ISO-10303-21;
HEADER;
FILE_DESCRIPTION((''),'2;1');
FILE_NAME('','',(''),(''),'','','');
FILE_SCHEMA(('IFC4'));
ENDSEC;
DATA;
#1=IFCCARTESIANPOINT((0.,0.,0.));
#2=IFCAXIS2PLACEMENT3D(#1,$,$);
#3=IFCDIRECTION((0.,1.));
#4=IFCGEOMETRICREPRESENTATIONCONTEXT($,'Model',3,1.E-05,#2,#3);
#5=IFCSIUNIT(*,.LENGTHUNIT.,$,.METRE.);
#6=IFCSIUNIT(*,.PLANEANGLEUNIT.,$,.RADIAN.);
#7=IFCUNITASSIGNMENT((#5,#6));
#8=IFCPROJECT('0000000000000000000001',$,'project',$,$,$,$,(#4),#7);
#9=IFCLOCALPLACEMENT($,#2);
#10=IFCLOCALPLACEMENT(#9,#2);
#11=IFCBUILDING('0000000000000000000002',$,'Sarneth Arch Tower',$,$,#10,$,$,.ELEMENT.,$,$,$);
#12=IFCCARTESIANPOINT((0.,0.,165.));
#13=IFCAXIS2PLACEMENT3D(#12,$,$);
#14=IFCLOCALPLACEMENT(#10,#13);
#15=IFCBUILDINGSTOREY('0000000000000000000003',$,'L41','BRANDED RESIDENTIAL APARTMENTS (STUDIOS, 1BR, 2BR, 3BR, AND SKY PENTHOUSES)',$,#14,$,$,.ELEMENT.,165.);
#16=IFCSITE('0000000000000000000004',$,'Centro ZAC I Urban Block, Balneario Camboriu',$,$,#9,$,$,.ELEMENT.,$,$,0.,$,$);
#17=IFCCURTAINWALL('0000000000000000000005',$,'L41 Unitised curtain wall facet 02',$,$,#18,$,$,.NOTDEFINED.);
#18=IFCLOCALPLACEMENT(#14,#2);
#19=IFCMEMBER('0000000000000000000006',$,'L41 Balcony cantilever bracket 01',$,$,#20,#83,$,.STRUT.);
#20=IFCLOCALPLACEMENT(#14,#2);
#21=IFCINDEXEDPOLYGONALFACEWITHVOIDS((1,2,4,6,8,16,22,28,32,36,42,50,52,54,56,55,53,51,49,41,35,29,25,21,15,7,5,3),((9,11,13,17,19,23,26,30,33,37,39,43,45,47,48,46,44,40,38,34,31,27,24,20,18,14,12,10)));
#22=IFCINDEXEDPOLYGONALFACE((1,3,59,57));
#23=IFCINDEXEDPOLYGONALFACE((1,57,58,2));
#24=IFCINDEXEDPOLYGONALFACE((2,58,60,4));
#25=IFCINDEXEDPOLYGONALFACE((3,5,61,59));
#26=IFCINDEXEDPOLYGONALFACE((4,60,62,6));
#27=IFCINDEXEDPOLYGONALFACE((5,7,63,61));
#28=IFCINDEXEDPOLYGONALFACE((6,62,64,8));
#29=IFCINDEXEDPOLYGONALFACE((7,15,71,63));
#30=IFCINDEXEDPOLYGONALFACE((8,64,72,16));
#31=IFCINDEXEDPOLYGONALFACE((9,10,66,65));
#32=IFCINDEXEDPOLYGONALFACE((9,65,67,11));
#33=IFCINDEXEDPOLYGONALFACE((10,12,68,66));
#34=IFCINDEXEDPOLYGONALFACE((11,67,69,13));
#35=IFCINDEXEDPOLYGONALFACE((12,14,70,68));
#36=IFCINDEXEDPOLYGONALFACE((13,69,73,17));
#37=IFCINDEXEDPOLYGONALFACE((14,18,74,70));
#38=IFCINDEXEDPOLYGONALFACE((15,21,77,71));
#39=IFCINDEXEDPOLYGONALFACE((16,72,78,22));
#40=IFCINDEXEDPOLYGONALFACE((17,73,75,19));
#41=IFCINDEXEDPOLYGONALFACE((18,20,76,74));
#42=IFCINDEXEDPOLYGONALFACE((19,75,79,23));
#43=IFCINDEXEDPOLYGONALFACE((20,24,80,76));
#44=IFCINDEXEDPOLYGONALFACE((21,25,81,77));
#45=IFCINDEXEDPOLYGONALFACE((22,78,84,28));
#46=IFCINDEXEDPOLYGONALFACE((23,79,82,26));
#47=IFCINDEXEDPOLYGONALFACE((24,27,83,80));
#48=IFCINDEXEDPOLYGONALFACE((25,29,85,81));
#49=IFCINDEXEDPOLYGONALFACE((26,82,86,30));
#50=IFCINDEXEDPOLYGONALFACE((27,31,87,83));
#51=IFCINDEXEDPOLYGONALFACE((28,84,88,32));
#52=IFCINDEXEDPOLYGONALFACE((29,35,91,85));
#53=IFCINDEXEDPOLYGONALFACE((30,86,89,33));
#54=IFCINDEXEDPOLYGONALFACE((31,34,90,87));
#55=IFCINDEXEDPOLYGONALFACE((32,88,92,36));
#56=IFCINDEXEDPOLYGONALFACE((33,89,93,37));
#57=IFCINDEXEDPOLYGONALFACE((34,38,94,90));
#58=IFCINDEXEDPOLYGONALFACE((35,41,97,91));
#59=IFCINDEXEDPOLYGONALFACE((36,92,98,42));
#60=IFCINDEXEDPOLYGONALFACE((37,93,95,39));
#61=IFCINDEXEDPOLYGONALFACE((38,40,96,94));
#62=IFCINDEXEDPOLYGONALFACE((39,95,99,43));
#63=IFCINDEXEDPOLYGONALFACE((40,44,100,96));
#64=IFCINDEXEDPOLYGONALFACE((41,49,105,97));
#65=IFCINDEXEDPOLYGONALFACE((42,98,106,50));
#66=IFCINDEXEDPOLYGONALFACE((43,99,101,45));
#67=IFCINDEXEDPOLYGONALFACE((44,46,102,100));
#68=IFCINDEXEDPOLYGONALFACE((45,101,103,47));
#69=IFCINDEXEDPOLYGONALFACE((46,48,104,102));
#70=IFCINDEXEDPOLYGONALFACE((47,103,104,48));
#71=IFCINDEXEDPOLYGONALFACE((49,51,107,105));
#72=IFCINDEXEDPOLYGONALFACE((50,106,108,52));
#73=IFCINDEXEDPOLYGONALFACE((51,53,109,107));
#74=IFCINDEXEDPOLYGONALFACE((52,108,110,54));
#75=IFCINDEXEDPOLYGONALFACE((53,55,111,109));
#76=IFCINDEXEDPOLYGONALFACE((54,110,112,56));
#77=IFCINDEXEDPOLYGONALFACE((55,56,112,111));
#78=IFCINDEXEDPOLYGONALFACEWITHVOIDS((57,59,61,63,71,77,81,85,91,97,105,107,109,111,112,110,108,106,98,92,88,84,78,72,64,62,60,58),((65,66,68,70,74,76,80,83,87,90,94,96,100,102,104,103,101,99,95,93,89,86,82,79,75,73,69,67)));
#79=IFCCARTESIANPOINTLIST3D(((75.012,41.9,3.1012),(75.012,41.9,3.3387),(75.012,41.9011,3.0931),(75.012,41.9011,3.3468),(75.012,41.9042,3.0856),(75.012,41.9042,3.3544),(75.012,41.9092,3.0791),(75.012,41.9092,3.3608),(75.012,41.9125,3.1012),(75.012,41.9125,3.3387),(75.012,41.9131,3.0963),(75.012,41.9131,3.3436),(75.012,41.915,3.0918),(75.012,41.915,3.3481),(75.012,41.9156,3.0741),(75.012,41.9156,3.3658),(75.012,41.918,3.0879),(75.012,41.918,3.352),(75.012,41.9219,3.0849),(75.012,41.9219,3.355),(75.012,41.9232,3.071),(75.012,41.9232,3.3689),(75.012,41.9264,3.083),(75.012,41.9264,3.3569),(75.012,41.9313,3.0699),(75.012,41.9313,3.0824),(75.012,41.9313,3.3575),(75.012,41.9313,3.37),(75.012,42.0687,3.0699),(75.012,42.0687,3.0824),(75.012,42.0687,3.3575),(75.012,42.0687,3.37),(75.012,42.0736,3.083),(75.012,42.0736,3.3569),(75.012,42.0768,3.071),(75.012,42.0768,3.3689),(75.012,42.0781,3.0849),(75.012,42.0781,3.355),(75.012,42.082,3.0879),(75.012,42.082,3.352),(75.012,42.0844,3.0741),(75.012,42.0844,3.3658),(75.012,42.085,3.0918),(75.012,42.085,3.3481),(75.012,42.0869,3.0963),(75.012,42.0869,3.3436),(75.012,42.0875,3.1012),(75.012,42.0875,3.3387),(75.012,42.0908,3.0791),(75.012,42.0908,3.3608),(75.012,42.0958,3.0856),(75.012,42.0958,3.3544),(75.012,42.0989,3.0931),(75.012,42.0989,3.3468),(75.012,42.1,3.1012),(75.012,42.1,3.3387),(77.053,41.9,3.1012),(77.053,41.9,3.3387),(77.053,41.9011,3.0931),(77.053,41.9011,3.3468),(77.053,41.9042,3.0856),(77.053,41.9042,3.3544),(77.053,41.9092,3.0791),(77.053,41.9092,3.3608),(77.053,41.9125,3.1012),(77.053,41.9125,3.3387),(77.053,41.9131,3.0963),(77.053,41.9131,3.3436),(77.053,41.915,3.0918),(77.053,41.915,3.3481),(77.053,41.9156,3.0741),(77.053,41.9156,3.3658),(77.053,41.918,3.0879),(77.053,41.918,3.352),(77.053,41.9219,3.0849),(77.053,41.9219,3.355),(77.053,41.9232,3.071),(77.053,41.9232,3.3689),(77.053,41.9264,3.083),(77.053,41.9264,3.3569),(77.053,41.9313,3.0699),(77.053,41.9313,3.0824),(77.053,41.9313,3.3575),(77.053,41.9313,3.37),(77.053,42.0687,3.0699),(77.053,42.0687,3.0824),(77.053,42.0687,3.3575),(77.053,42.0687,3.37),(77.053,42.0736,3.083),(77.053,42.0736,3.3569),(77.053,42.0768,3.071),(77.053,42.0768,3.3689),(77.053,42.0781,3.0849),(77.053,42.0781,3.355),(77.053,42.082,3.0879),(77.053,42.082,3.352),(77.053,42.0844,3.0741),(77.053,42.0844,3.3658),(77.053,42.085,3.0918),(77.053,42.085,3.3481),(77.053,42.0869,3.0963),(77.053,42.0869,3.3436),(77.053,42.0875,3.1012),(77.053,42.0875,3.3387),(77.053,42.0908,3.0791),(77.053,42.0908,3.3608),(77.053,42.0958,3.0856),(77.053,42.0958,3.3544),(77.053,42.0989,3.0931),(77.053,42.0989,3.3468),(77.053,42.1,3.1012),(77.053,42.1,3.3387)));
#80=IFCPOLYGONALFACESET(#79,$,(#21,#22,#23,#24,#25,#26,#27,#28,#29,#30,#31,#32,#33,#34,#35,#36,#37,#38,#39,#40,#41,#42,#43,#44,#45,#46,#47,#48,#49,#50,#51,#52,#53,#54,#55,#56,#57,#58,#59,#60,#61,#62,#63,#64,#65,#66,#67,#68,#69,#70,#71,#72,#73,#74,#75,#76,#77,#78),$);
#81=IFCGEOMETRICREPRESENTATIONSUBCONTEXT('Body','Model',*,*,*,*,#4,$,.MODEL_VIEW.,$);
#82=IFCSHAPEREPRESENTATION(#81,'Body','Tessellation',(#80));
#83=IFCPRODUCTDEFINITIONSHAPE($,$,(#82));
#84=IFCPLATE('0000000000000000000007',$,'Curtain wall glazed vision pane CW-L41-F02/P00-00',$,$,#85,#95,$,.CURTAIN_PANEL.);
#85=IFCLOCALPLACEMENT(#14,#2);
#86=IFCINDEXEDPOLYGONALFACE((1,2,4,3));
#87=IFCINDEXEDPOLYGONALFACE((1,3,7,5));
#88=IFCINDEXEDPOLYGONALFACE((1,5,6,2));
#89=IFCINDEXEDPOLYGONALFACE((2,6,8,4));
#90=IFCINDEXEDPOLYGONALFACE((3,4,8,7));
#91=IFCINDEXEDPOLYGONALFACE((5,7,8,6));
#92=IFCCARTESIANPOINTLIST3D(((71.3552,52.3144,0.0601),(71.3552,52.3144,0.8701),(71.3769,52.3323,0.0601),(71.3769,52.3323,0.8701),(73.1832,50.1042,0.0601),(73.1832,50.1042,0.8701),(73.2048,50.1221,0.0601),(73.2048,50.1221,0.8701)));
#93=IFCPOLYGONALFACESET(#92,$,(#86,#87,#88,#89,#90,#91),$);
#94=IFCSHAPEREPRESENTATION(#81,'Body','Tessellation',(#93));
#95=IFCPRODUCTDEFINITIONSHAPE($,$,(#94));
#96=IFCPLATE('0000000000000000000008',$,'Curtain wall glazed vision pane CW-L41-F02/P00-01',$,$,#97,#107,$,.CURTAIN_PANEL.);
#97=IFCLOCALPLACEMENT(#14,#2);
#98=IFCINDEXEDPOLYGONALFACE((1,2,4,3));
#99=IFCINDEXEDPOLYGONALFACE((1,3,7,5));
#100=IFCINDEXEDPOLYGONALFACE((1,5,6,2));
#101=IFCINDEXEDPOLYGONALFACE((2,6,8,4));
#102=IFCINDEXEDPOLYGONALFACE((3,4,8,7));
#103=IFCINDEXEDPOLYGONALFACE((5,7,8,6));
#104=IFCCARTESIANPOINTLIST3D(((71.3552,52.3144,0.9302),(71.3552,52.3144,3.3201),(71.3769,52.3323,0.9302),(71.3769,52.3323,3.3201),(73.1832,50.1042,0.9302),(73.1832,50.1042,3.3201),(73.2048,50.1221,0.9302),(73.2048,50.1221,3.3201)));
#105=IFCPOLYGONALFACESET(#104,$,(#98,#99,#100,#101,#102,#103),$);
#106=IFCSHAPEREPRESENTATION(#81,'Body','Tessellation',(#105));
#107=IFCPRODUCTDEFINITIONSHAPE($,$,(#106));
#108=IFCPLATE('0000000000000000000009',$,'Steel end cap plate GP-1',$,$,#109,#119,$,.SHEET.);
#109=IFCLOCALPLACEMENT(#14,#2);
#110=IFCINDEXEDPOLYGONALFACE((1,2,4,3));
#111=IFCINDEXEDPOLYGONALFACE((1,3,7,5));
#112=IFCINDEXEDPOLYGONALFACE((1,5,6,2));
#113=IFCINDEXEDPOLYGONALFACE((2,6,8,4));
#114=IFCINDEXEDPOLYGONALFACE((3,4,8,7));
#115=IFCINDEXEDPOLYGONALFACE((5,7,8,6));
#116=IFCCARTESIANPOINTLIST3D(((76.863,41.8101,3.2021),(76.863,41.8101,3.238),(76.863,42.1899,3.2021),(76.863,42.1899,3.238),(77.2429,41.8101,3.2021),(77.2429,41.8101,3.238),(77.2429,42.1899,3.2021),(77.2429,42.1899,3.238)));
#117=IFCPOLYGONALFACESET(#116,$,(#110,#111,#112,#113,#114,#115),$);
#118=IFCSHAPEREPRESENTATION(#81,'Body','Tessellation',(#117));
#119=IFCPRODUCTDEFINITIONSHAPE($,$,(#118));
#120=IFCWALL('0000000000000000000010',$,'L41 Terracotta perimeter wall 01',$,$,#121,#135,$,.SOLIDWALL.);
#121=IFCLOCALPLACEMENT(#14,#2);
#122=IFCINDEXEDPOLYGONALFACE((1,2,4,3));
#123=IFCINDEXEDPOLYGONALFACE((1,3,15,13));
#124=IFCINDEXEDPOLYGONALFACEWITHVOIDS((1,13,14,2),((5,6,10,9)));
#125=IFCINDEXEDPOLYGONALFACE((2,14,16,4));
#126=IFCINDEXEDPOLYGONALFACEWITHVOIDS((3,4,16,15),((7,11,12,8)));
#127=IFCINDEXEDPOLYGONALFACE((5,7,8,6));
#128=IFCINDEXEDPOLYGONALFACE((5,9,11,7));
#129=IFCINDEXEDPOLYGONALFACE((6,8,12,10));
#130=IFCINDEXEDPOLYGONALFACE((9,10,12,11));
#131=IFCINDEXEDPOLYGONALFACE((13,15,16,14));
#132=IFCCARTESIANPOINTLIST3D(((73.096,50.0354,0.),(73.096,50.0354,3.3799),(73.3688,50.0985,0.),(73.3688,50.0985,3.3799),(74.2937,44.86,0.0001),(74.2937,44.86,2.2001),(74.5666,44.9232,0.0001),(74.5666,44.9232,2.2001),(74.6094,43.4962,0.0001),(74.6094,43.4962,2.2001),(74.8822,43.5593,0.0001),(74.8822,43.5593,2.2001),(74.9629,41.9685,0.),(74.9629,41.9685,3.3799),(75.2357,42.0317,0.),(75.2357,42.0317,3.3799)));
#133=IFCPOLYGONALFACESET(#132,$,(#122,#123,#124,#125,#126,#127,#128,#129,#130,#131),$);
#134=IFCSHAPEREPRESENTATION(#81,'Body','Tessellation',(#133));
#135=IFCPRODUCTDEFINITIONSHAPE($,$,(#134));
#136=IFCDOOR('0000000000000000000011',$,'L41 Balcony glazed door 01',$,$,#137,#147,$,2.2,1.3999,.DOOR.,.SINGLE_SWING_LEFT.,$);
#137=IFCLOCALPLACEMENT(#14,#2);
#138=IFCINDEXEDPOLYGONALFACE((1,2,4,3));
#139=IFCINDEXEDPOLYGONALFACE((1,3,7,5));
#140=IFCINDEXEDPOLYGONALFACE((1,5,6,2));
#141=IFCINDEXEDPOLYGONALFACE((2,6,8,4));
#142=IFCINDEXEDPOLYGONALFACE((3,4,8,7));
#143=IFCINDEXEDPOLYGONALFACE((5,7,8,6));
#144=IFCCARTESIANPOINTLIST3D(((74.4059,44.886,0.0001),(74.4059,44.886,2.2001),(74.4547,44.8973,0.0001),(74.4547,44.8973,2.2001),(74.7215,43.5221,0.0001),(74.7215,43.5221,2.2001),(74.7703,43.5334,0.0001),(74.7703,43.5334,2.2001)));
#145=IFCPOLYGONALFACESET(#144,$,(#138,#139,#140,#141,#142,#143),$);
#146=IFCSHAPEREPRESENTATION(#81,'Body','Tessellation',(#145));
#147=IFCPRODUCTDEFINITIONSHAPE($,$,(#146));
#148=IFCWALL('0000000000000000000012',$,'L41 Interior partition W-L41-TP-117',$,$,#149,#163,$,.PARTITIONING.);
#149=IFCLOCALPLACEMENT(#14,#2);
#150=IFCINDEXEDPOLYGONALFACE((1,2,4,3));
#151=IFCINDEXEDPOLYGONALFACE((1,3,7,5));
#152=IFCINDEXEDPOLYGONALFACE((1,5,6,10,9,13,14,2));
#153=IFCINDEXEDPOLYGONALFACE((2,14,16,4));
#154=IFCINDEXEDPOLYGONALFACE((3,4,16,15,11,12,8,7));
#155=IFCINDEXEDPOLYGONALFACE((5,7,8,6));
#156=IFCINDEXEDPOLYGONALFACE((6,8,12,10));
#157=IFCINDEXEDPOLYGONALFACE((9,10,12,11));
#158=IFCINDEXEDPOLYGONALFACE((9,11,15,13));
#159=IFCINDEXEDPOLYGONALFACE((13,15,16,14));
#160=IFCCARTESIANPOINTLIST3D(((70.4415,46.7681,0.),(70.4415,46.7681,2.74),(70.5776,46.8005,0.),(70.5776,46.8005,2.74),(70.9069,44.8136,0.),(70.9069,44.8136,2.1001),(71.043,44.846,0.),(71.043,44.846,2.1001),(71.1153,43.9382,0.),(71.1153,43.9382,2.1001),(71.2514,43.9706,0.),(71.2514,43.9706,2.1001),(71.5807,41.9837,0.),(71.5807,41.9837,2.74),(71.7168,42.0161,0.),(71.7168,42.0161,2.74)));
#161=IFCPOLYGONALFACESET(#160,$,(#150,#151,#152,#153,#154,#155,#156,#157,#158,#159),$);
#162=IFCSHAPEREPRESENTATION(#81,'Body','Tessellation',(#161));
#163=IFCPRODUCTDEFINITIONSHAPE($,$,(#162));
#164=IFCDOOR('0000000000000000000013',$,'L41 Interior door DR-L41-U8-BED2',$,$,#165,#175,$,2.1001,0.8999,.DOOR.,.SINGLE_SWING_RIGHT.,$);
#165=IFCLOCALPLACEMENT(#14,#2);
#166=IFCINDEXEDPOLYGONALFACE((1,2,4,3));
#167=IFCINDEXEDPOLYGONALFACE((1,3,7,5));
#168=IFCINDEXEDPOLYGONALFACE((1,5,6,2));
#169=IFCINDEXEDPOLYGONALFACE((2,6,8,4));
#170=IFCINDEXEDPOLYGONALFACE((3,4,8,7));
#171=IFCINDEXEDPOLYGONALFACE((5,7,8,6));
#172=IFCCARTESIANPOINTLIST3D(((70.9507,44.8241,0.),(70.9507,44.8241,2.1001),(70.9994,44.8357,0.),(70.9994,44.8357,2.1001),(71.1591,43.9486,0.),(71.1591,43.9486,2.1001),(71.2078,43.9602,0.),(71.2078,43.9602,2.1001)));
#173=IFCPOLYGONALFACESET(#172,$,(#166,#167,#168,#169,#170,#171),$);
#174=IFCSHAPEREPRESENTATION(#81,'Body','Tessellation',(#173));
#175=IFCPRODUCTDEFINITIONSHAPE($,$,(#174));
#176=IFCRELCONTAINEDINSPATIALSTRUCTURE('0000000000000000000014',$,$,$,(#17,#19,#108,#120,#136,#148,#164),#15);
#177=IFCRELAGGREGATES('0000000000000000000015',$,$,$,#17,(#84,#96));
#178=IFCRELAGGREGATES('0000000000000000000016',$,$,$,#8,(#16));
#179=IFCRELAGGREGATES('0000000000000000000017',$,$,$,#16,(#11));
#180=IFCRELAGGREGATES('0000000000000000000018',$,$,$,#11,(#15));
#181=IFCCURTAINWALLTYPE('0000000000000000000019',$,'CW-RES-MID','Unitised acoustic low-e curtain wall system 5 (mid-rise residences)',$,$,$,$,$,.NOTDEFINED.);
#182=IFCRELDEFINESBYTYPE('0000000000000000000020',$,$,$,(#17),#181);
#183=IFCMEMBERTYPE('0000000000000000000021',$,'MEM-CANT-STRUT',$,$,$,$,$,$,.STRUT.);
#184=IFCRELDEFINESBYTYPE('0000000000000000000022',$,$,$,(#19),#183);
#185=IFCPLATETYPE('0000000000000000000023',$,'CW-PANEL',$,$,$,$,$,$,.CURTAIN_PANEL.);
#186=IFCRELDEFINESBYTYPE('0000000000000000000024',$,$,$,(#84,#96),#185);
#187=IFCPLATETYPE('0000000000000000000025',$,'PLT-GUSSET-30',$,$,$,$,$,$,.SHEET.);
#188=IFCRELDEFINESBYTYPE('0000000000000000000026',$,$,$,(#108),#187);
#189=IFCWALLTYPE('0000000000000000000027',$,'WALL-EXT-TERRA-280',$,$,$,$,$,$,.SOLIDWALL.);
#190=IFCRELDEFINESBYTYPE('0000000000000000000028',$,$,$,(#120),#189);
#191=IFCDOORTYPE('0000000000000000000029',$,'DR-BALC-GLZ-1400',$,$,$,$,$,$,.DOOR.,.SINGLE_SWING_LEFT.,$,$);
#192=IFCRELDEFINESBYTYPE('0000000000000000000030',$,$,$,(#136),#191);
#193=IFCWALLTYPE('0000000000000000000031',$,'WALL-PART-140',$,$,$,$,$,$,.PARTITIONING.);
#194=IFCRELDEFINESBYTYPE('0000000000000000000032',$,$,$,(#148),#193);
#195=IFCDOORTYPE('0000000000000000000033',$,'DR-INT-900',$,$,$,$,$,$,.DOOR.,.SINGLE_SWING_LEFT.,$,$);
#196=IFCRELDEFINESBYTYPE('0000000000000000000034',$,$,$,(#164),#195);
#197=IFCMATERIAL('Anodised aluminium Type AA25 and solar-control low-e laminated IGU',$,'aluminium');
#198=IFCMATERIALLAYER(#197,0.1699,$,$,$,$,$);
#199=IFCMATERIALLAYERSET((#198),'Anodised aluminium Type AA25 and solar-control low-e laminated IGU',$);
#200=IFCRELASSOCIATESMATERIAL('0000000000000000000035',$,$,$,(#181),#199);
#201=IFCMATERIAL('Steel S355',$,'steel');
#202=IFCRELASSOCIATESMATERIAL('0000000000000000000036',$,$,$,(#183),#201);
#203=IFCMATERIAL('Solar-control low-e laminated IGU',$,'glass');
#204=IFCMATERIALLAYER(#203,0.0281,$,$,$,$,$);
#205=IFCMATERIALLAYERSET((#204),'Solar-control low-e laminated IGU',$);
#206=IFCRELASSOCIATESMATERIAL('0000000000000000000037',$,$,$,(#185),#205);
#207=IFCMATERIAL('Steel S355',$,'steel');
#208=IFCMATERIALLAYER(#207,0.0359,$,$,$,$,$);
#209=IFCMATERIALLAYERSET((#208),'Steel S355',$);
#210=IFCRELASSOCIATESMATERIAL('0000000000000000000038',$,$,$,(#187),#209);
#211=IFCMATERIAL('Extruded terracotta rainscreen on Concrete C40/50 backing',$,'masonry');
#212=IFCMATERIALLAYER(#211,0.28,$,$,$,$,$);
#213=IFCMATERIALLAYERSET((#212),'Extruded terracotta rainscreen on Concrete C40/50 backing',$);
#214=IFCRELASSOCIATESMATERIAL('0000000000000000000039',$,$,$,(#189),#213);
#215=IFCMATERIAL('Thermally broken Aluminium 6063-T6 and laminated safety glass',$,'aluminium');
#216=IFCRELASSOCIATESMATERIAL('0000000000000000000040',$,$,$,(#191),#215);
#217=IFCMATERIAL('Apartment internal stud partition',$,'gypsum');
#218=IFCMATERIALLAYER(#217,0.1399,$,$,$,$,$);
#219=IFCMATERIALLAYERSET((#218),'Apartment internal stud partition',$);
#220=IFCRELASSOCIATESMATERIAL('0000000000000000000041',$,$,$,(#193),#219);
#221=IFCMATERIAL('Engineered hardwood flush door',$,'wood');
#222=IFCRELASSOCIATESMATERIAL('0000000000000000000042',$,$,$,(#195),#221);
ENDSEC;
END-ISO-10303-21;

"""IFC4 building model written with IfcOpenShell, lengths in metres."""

from ifc_helpers import new_model, si_unit, direction, frame, frame_2d, origin, origin_2d, place, context, subcontext, project, spatial, rectangle, hollow_rectangle, extrude, material, layer, layer_set, material_profile, profile_set, type_object, element, fill, aggregate, save


model = new_model("IFC4")

# Units and contexts
model_context = context("Model", 3, precision=1e-05, world=origin(), true_north=direction((0.0, 1.0)))
body_context = subcontext(model_context, "Body", "Model", "MODEL_VIEW")
ifc_project = project(units=[si_unit("LENGTHUNIT", "METRE"), si_unit("PLANEANGLEUNIT", "RADIAN")], contexts=[model_context])

# Site, building, storey
site_placement = place(None, origin())
site = spatial("IfcSite", under=ifc_project, at=site_placement, Name="Centro ZAC I Urban Block, Balneario Camboriu", CompositionType="ELEMENT", RefElevation=0.0)
building_placement = place(site_placement, origin())
building = spatial("IfcBuilding", under=site, at=building_placement, Name="Sarneth Arch Tower", CompositionType="ELEMENT")
storey_placement = place(building_placement, frame((0.0, 0.0, 165.0)))
storey = spatial("IfcBuildingStorey", under=building, at=storey_placement, Name="L41", Description="BRANDED RESIDENTIAL APARTMENTS (STUDIOS, 1BR, 2BR, 3BR, AND SKY PENTHOUSES)", CompositionType="ELEMENT", Elevation=165.0)

# Curtain wall
ifc_material_1 = material(Name="Anodised aluminium Type AA25 and solar-control low-e laminated IGU", Category="aluminium")
ifc_layer_1 = layer(ifc_material_1, 0.1699)
ifc_layer_set_1 = layer_set([ifc_layer_1], Name="Anodised aluminium Type AA25 and solar-control low-e laminated IGU")
curtain_wall_type = type_object("IfcCurtainWallType", Name="CW-RES-MID", Description="Unitised acoustic low-e curtain wall system 5 (mid-rise residences)", PredefinedType="NOTDEFINED", material=ifc_layer_set_1)
curtain_wall_placement = place(storey_placement, origin())
curtain_wall = element("IfcCurtainWall", 1, at=curtain_wall_placement, inside=storey, type_object=curtain_wall_type, Name="L41 Unitised curtain wall facet 02", PredefinedType="NOTDEFINED")

# Member
ifc_material_2 = material(Name="Steel S355", Category="steel")
ifc_material_profile_1 = material_profile(ifc_material_2, hollow_rectangle(XDim=0.2, YDim=0.3, WallThickness=0.0125, InnerFilletRadius=0.0188, OuterFilletRadius=0.0312, at=origin_2d()), Name="RHS300x200x12.5")
ifc_profile_set_1 = profile_set([ifc_material_profile_1], Name="Steel S355")
member_type_1 = type_object("IfcMemberType", Name="MEM-CANT-STRUT", PredefinedType="STRUT", material=ifc_profile_set_1)
member_1_placement = place(storey_placement, frame((75.012, 42.0, 3.22), z_axis=(1.0, 0.0, 0.0), x_axis=(0.0, 1.0, 0.0)))
element("IfcMember", 2, at=member_1_placement, inside=storey, type_object=member_type_1, Name="L41 Balcony cantilever bracket 01", PredefinedType="STRUT", context=body_context, shape_type="SweptSolid", body=[
    extrude(hollow_rectangle(XDim=0.2, YDim=0.3, WallThickness=0.0125, InnerFilletRadius=0.0188, OuterFilletRadius=0.0312, at=origin_2d()), origin(), (0.0, 0.0, 1.0), 2.041),
])

# Plates
ifc_material_3 = material(Name="Solar-control low-e laminated IGU", Category="glass")
ifc_layer_2 = layer(ifc_material_3, 0.0281)
ifc_layer_set_2 = layer_set([ifc_layer_2], Name="Solar-control low-e laminated IGU")
plate_type_1 = type_object("IfcPlateType", Name="CW-PANEL", PredefinedType="CURTAIN_PANEL", material=ifc_layer_set_2)
plate_1_placement = place(storey_placement, frame((72.28, 51.2183, 0.0601), z_axis=(0.0, 0.0, 1.0), x_axis=(-0.63733, 0.770591, 0.0)))
plate_1 = element("IfcPlate", 3, at=plate_1_placement, type_object=plate_type_1, Name="Curtain wall glazed vision pane CW-L41-F02/P00-00", PredefinedType="CURTAIN_PANEL", context=body_context, shape_type="SweptSolid", body=[
    extrude(rectangle(XDim=2.8682, YDim=0.0281, at=origin_2d()), origin(), (0.0, 0.0, 1.0), 0.8101),
])
plate_2_placement = place(storey_placement, frame((72.28, 51.2183, 0.9302), z_axis=(0.0, 0.0, 1.0), x_axis=(-0.63733, 0.770591, 0.0)))
plate_2 = element("IfcPlate", 4, at=plate_2_placement, type_object=plate_type_1, Name="Curtain wall glazed vision pane CW-L41-F02/P00-01", PredefinedType="CURTAIN_PANEL", context=body_context, shape_type="SweptSolid", body=[
    extrude(rectangle(XDim=2.8682, YDim=0.0281, at=origin_2d()), origin(), (0.0, 0.0, 1.0), 2.3899),
])
aggregate(curtain_wall, [plate_1, plate_2])
ifc_material_4 = material(Name="Steel S355", Category="steel")
ifc_layer_3 = layer(ifc_material_4, 0.0359)
ifc_layer_set_3 = layer_set([ifc_layer_3], Name="Steel S355")
plate_type_2 = type_object("IfcPlateType", Name="PLT-GUSSET-30", PredefinedType="SHEET", material=ifc_layer_set_3)
plate_3_placement = place(storey_placement, frame((77.053, 42.0, 3.2021), z_axis=(0.0, 0.0, 1.0), x_axis=(1.0, 0.0, 0.0)))
element("IfcPlate", 5, at=plate_3_placement, inside=storey, type_object=plate_type_2, Name="Steel end cap plate GP-1", PredefinedType="SHEET", context=body_context, shape_type="SweptSolid", body=[
    extrude(rectangle(XDim=0.3799, YDim=0.3799, at=origin_2d()), origin(), (0.0, 0.0, 1.0), 0.0359),
])

# Walls, openings, doors
ifc_material_5 = material(Name="Extruded terracotta rainscreen on Concrete C40/50 backing", Category="masonry")
ifc_layer_4 = layer(ifc_material_5, 0.28)
ifc_layer_set_4 = layer_set([ifc_layer_4], Name="Extruded terracotta rainscreen on Concrete C40/50 backing")
wall_type_1 = type_object("IfcWallType", Name="WALL-EXT-TERRA-280", PredefinedType="SOLIDWALL", material=ifc_layer_set_4)
wall_1_placement = place(storey_placement, frame((75.0994, 42.0, 0.0), z_axis=(0.0, 0.0, 1.0), x_axis=(-0.225473, 0.974249, 0.0)))
wall_1 = element("IfcWall", 6, at=wall_1_placement, inside=storey, type_object=wall_type_1, Name="L41 Terracotta perimeter wall 01", PredefinedType="SOLIDWALL", context=body_context, shape_type="SweptSolid", body=[
    extrude(rectangle(XDim=8.28, YDim=0.28, at=frame_2d((4.1401, 0.0))), origin(), (0.0, 0.0, 1.0), 3.3799),
])
opening_1_placement = place(wall_1_placement, frame((1.5681, 0.0, 0.0)))
opening_1 = element("IfcOpeningElement", 7, at=opening_1_placement, cuts=wall_1, PredefinedType="OPENING", context=body_context, shape_type="SweptSolid", body=[
    extrude(rectangle(XDim=1.3999, YDim=2.2, at=frame_2d((0.7, 1.1001))), frame((0.0, 0.1499, 0.0), z_axis=(0.0, -1.0, 0.0), x_axis=(1.0, 0.0, 0.0)), (0.0, 0.0, 1.0), 0.3),
])
ifc_material_6 = material(Name="Thermally broken Aluminium 6063-T6 and laminated safety glass", Category="aluminium")
door_type_1 = type_object("IfcDoorType", Name="DR-BALC-GLZ-1400", OperationType="SINGLE_SWING_LEFT", PredefinedType="DOOR", material=ifc_material_6)
door_1_placement = place(opening_1_placement, origin())
door_1 = element("IfcDoor", 8, at=door_1_placement, inside=storey, type_object=door_type_1, Name="L41 Balcony glazed door 01", OperationType="SINGLE_SWING_LEFT", OverallHeight=2.2, OverallWidth=1.3999, PredefinedType="DOOR", context=body_context, shape_type="SweptSolid", body=[
    extrude(rectangle(XDim=1.3999, YDim=2.2, at=frame_2d((0.7, 1.1001))), frame((0.0, 0.0249, 0.0), z_axis=(0.0, -1.0, 0.0), x_axis=(1.0, 0.0, 0.0)), (0.0, 0.0, 1.0), 0.05),
])
fill(opening_1, door_1)
ifc_material_7 = material(Name="Apartment internal stud partition", Category="gypsum")
ifc_layer_5 = layer(ifc_material_7, 0.1399)
ifc_layer_set_5 = layer_set([ifc_layer_5], Name="Apartment internal stud partition")
wall_type_2 = type_object("IfcWallType", Name="WALL-PART-140", PredefinedType="PARTITIONING", material=ifc_layer_set_5)
wall_2_placement = place(storey_placement, frame((71.6487, 42.0, 0.0), z_axis=(0.0, 0.0, 1.0), x_axis=(-0.231623, 0.972806, 0.0)))
wall_2 = element("IfcWall", 9, at=wall_2_placement, inside=storey, type_object=wall_type_2, Name="L41 Interior partition W-L41-TP-117", PredefinedType="PARTITIONING", context=body_context, shape_type="SweptSolid", body=[
    extrude(rectangle(XDim=4.9182, YDim=0.1399, at=frame_2d((2.459, 0.0))), origin(), (0.0, 0.0, 1.0), 2.74),
])
opening_2_placement = place(wall_2_placement, frame((2.009, 0.0, 0.0)))
opening_2 = element("IfcOpeningElement", 10, at=opening_2_placement, cuts=wall_2, PredefinedType="OPENING", context=body_context, shape_type="SweptSolid", body=[
    extrude(rectangle(XDim=0.8999, YDim=2.1001, at=frame_2d((0.45, 1.05))), frame((0.0, 0.0798, 0.0), z_axis=(0.0, -1.0, 0.0), x_axis=(1.0, 0.0, 0.0)), (0.0, 0.0, 1.0), 0.1599),
])
ifc_material_8 = material(Name="Engineered hardwood flush door", Category="wood")
door_type_2 = type_object("IfcDoorType", Name="DR-INT-900", OperationType="SINGLE_SWING_LEFT", PredefinedType="DOOR", material=ifc_material_8)
door_2_placement = place(opening_2_placement, origin())
door_2 = element("IfcDoor", 11, at=door_2_placement, inside=storey, type_object=door_type_2, Name="L41 Interior door DR-L41-U8-BED2", OperationType="SINGLE_SWING_RIGHT", OverallHeight=2.1001, OverallWidth=0.8999, PredefinedType="DOOR", context=body_context, shape_type="SweptSolid", body=[
    extrude(rectangle(XDim=0.8999, YDim=2.1001, at=frame_2d((0.45, 1.05))), frame((0.0, 0.0249, 0.0), z_axis=(0.0, -1.0, 0.0), x_axis=(1.0, 0.0, 0.0)), (0.0, 0.0, 1.0), 0.05),
])
fill(opening_2, door_2)

save(model, "model.ifc")
